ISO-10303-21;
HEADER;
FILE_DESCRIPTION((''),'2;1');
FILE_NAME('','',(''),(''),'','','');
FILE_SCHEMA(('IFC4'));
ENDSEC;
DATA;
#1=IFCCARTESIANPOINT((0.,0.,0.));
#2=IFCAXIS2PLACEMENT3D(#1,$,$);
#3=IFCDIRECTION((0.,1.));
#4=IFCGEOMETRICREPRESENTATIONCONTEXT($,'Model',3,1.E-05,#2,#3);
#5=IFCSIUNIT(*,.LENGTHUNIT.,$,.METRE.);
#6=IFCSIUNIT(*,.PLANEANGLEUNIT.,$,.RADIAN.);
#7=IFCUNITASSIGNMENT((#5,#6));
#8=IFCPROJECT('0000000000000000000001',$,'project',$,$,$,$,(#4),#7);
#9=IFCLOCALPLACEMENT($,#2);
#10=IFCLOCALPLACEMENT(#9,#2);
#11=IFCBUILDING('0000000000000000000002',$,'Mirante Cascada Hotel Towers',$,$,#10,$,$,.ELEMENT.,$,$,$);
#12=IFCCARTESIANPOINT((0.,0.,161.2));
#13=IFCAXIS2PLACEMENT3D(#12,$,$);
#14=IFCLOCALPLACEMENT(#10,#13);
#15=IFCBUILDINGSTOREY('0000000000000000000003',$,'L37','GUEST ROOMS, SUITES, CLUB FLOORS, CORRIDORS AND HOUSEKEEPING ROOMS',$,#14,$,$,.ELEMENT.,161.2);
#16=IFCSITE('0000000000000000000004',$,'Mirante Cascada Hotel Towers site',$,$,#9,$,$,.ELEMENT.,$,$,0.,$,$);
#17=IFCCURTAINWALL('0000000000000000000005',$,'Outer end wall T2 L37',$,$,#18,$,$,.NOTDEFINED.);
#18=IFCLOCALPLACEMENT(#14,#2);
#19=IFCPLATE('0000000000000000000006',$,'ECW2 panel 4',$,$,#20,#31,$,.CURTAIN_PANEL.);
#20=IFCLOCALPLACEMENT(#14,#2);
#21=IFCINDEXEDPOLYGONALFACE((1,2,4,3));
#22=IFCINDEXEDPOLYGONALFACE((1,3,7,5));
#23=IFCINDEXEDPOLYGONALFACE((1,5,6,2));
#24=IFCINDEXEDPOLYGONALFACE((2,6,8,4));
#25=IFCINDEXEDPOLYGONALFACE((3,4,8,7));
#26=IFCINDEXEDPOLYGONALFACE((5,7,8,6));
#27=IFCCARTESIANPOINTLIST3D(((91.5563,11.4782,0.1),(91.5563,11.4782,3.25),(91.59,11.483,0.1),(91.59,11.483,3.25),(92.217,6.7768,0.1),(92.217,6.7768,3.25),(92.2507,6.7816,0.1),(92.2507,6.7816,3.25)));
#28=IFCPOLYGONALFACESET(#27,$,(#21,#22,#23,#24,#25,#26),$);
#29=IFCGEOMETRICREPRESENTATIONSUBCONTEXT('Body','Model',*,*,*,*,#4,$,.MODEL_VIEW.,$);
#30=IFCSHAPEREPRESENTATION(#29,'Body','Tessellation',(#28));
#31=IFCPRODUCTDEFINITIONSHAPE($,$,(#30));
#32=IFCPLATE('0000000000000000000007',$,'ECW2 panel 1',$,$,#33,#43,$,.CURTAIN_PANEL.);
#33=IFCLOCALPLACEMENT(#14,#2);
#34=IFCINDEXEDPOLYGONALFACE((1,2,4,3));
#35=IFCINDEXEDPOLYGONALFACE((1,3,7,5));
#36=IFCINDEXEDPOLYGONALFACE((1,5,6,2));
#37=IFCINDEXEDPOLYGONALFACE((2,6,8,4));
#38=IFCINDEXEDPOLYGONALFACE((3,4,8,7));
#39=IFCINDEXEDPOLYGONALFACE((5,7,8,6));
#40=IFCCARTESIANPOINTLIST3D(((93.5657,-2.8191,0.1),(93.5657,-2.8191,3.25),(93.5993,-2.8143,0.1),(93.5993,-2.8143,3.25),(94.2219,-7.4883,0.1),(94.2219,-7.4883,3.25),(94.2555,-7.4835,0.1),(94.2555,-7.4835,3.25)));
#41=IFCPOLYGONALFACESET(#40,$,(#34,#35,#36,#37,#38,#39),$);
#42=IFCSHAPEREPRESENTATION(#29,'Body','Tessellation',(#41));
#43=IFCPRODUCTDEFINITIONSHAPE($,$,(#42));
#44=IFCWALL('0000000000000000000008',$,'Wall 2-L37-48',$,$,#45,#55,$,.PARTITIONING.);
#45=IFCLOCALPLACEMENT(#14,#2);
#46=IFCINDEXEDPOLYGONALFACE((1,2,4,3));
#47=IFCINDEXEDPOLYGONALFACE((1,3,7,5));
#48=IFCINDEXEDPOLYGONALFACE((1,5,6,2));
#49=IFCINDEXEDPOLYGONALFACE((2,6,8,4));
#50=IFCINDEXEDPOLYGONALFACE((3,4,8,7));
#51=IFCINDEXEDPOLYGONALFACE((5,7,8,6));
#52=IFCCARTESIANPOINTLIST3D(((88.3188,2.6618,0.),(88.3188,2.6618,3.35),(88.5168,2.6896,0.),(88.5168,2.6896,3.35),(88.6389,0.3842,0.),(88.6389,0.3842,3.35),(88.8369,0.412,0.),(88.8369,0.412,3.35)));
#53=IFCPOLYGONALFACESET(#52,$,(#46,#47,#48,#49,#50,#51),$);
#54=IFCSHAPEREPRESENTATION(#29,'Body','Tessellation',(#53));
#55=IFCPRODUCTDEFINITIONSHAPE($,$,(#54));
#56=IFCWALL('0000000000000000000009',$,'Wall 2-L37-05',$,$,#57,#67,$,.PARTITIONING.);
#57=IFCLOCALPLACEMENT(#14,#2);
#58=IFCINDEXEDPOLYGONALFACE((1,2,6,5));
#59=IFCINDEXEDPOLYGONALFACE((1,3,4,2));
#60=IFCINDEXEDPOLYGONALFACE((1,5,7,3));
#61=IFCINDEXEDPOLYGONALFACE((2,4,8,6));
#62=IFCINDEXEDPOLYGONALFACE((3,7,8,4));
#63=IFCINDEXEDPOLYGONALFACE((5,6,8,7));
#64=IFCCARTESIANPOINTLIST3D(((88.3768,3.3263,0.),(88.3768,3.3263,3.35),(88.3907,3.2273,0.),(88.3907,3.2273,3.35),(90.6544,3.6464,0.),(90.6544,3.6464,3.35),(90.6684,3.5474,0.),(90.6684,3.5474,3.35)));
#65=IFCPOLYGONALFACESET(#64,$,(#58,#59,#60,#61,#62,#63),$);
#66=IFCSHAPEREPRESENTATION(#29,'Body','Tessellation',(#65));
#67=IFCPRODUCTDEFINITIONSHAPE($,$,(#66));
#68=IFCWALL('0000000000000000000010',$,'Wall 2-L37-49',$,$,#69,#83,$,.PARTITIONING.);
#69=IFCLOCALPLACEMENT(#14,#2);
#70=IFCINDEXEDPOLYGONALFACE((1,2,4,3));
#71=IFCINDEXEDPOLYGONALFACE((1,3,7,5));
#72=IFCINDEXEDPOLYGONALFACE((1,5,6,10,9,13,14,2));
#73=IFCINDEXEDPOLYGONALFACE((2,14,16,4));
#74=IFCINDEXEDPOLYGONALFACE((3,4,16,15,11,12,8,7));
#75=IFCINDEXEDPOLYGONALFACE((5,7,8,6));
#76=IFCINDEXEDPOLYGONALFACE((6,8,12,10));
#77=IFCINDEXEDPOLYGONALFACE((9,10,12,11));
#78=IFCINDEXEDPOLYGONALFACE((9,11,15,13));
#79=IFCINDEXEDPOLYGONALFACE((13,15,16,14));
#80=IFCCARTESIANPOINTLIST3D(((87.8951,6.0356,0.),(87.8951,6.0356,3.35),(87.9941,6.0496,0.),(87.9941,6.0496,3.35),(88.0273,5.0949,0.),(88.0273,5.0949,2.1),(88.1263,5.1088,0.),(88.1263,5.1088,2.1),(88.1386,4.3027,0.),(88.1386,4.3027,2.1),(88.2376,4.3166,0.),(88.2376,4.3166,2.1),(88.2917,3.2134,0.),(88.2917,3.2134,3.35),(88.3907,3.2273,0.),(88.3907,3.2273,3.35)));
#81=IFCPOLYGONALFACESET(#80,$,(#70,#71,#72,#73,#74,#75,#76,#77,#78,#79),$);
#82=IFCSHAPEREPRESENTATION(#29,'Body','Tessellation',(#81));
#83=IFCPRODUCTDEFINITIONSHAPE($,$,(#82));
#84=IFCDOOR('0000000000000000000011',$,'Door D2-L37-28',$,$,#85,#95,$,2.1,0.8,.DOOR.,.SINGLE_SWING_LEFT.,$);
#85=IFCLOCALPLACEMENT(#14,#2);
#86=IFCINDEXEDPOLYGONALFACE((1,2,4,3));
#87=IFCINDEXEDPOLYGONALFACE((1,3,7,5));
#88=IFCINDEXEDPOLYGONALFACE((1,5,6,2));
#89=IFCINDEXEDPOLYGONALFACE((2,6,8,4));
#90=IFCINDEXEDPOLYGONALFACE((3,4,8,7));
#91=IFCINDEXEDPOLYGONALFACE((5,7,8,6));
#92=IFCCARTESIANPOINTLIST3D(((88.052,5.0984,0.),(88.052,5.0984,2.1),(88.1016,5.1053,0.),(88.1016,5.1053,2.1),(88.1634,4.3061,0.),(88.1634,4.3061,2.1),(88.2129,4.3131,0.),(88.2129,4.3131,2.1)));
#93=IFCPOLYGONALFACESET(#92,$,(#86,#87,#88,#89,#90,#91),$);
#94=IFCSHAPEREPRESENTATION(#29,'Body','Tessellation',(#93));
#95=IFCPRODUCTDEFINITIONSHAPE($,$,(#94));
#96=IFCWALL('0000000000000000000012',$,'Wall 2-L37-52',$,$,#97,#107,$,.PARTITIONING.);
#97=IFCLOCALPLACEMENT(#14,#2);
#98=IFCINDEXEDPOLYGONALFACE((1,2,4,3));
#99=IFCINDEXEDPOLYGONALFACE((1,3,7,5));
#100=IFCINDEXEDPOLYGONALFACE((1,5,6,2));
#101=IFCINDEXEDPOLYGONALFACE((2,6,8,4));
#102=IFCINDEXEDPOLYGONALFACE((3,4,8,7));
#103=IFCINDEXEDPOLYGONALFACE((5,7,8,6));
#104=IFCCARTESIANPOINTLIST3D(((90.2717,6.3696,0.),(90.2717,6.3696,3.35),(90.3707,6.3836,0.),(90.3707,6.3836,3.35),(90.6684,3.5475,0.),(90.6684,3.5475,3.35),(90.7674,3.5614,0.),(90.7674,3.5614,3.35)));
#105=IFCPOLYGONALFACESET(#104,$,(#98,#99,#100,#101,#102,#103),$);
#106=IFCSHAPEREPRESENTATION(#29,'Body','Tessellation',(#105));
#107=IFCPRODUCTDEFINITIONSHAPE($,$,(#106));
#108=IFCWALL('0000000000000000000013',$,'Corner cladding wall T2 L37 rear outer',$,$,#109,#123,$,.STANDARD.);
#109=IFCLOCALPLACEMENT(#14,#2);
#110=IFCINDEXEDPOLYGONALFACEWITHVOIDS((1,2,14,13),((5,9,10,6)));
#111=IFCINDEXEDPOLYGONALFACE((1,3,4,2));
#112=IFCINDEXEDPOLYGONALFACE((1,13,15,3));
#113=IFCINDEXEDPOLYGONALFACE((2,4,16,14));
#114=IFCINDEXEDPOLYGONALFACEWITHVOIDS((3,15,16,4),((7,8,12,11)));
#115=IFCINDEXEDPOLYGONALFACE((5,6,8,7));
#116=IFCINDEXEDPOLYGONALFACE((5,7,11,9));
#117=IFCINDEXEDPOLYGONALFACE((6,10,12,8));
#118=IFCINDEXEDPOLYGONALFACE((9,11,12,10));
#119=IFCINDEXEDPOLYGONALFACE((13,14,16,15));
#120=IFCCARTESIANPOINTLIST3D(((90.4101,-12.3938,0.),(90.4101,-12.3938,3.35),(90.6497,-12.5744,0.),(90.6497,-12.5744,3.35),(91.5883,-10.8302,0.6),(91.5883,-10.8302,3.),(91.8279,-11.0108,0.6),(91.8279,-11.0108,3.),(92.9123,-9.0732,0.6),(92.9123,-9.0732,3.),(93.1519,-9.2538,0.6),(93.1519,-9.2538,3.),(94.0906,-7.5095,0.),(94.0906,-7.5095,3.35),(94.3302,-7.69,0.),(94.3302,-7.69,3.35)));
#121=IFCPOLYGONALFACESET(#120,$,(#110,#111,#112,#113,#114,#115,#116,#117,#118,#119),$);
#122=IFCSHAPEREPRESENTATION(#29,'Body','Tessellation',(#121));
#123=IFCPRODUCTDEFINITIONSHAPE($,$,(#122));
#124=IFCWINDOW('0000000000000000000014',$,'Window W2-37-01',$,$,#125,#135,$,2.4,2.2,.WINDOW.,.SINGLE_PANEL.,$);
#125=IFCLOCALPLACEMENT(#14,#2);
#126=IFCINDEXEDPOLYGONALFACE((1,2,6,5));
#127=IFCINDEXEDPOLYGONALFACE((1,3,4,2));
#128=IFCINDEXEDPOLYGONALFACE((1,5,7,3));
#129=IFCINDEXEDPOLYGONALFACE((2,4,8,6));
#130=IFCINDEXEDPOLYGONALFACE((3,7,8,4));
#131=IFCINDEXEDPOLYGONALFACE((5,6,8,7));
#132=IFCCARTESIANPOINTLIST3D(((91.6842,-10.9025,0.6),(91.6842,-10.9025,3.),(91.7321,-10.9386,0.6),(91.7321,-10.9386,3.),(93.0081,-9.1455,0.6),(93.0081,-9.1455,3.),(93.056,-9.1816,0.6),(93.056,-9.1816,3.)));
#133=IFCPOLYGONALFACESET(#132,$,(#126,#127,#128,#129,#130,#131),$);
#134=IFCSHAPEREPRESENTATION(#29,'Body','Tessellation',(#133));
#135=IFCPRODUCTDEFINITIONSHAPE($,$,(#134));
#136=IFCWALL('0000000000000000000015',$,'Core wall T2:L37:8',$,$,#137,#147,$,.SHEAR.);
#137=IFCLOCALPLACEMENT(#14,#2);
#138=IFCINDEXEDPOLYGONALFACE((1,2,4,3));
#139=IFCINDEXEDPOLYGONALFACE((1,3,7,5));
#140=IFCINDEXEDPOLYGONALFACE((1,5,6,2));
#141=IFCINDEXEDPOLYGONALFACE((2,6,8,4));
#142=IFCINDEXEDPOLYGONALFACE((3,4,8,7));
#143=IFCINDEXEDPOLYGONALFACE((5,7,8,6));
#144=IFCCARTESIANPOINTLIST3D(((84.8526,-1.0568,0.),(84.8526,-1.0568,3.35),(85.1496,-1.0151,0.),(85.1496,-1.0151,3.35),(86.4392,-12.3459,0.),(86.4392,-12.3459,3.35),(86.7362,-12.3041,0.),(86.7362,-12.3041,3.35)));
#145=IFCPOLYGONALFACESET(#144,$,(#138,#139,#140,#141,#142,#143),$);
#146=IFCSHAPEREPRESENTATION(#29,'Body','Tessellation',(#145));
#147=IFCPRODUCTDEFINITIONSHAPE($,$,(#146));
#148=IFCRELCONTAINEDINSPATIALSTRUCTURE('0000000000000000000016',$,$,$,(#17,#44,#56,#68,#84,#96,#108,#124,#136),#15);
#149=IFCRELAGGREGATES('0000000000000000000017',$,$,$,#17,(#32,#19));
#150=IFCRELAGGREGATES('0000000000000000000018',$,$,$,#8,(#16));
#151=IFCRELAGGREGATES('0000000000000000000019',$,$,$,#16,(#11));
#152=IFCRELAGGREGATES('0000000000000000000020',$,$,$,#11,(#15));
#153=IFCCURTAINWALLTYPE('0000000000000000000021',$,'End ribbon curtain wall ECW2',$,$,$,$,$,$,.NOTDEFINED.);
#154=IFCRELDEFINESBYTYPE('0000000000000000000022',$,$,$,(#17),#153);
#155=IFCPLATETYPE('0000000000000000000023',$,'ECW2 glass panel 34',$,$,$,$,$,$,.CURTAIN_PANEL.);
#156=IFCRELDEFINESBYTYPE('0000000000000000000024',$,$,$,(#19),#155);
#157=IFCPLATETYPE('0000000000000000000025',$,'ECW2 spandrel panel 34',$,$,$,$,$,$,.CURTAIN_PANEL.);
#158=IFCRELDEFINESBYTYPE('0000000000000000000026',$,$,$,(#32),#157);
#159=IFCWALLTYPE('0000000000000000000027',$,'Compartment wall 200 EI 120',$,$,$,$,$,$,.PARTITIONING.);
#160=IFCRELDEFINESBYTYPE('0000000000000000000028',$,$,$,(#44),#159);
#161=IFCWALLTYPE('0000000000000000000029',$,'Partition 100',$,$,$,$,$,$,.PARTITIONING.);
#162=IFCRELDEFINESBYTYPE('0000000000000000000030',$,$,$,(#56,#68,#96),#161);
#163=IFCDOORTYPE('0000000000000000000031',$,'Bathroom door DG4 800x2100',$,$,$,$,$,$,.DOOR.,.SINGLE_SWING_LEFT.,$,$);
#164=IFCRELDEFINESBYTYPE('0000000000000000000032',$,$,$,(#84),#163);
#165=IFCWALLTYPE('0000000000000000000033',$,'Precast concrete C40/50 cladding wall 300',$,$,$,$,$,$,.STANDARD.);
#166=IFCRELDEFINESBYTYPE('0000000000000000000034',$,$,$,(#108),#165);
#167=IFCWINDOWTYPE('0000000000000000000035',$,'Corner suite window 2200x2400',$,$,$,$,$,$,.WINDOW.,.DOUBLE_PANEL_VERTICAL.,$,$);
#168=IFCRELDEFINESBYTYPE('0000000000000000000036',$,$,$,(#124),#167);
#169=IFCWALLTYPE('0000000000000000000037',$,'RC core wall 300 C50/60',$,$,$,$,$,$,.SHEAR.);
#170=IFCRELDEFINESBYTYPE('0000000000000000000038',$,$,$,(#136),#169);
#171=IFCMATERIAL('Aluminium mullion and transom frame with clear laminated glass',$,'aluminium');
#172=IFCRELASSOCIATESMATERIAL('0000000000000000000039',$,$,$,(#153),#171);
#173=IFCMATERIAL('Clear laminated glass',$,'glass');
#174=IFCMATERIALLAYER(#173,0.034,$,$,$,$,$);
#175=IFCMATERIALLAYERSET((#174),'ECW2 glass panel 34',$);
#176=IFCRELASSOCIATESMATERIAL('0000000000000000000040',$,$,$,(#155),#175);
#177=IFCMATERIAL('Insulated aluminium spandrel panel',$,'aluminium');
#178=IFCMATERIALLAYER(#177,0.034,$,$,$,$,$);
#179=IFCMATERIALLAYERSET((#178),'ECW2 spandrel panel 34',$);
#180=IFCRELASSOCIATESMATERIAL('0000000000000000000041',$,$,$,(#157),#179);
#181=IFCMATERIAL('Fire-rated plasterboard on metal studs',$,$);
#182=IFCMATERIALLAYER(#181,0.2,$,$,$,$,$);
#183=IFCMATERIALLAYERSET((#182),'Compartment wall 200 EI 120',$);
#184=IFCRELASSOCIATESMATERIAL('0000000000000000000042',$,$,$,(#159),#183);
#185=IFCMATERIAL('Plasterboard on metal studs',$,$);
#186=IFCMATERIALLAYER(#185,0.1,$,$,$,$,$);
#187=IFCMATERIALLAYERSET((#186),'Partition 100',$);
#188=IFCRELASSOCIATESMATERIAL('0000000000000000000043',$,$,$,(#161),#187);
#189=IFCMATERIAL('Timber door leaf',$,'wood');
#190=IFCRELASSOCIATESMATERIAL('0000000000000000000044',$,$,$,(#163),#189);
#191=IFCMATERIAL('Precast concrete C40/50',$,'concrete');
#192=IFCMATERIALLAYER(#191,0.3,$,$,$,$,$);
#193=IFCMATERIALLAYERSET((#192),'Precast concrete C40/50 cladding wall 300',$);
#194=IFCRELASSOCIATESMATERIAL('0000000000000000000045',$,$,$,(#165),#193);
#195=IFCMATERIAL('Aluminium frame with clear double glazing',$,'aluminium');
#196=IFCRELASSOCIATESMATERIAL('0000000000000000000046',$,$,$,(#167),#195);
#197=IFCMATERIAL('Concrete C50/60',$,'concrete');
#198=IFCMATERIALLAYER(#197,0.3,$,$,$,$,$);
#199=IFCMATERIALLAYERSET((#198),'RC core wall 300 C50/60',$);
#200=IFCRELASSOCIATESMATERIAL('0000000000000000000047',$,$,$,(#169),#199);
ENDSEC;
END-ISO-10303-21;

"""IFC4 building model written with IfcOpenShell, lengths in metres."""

from ifc_helpers import new_model, si_unit, direction, frame, frame_2d, origin, origin_2d, place, context, subcontext, project, spatial, rectangle, extrude, material, layer, layer_set, type_object, element, fill, aggregate, save


model = new_model("IFC4")

# Units and contexts
model_context = context("Model", 3, precision=1e-05, world=origin(), true_north=direction((0.0, 1.0)))
body_context = subcontext(model_context, "Body", "Model", "MODEL_VIEW")
ifc_project = project(units=[si_unit("LENGTHUNIT", "METRE"), si_unit("PLANEANGLEUNIT", "RADIAN")], contexts=[model_context])

# Site, building, storey
site_placement = place(None, origin())
site = spatial("IfcSite", under=ifc_project, at=site_placement, Name="Mirante Cascada Hotel Towers site", CompositionType="ELEMENT", RefElevation=0.0)
building_placement = place(site_placement, origin())
building = spatial("IfcBuilding", under=site, at=building_placement, Name="Mirante Cascada Hotel Towers", CompositionType="ELEMENT")
storey_placement = place(building_placement, frame((0.0, 0.0, 161.2)))
storey = spatial("IfcBuildingStorey", under=building, at=storey_placement, Name="L37", Description="GUEST ROOMS, SUITES, CLUB FLOORS, CORRIDORS AND HOUSEKEEPING ROOMS", CompositionType="ELEMENT", Elevation=161.2)

# Curtain wall, plates
ifc_material_1 = material(Name="Aluminium mullion and transom frame with clear laminated glass", Category="aluminium")
curtain_wall_type = type_object("IfcCurtainWallType", Name="End ribbon curtain wall ECW2", PredefinedType="NOTDEFINED", material=ifc_material_1)
curtain_wall_placement = place(storey_placement, origin())
curtain_wall = element("IfcCurtainWall", 1, at=curtain_wall_placement, inside=storey, type_object=curtain_wall_type, Name="Outer end wall T2 L37", PredefinedType="NOTDEFINED")
ifc_material_2 = material(Name="Clear laminated glass", Category="glass")
ifc_layer_1 = layer(ifc_material_2, 0.034)
ifc_layer_set_1 = layer_set([ifc_layer_1], Name="ECW2 glass panel 34")
plate_type_1 = type_object("IfcPlateType", Name="ECW2 glass panel 34", PredefinedType="CURTAIN_PANEL", material=ifc_layer_set_1)
plate_1_placement = place(storey_placement, frame((91.9035, 9.1299, 0.1), z_axis=(0.0, 0.0, 1.0), x_axis=(-0.139173, 0.990268, 0.0)))
plate_1 = element("IfcPlate", 2, at=plate_1_placement, type_object=plate_type_1, Name="ECW2 panel 4", PredefinedType="CURTAIN_PANEL", context=body_context, shape_type="SweptSolid", body=[
    extrude(rectangle(XDim=4.7476, YDim=0.034, at=origin_2d()), origin(), (0.0, 0.0, 1.0), 3.15),
])
ifc_material_3 = material(Name="Insulated aluminium spandrel panel", Category="aluminium")
ifc_layer_2 = layer(ifc_material_3, 0.034)
ifc_layer_set_2 = layer_set([ifc_layer_2], Name="ECW2 spandrel panel 34")
plate_type_2 = type_object("IfcPlateType", Name="ECW2 spandrel panel 34", PredefinedType="CURTAIN_PANEL", material=ifc_layer_set_2)
plate_2_placement = place(storey_placement, frame((93.9106, -5.1513, 0.1), z_axis=(0.0, 0.0, 1.0), x_axis=(-0.139173, 0.990268, 0.0)))
plate_2 = element("IfcPlate", 3, at=plate_2_placement, type_object=plate_type_2, Name="ECW2 panel 1", PredefinedType="CURTAIN_PANEL", context=body_context, shape_type="SweptSolid", body=[
    extrude(rectangle(XDim=4.7151, YDim=0.034, at=origin_2d()), origin(), (0.0, 0.0, 1.0), 3.15),
])
aggregate(curtain_wall, [plate_2, plate_1])

# Walls
ifc_material_4 = material(Name="Fire-rated plasterboard on metal studs")
ifc_layer_3 = layer(ifc_material_4, 0.2)
ifc_layer_set_3 = layer_set([ifc_layer_3], Name="Compartment wall 200 EI 120")
wall_type_1 = type_object("IfcWallType", Name="Compartment wall 200 EI 120", PredefinedType="PARTITIONING", material=ifc_layer_set_3)
wall_1_placement = place(storey_placement, frame((88.7379, 0.3981, 0.0), z_axis=(0.0, 0.0, 1.0), x_axis=(-0.139175, 0.990268, 0.0)))
element("IfcWall", 4, at=wall_1_placement, inside=storey, type_object=wall_type_1, Name="Wall 2-L37-48", PredefinedType="PARTITIONING", context=body_context, shape_type="SweptSolid", body=[
    extrude(rectangle(XDim=2.3, YDim=0.2, at=frame_2d((1.15, 0.0))), origin(), (0.0, 0.0, 1.0), 3.35),
])
ifc_material_5 = material(Name="Plasterboard on metal studs")
ifc_layer_4 = layer(ifc_material_5, 0.1)
ifc_layer_set_4 = layer_set([ifc_layer_4], Name="Partition 100")
wall_type_2 = type_object("IfcWallType", Name="Partition 100", PredefinedType="PARTITIONING", material=ifc_layer_set_4)
wall_2_placement = place(storey_placement, frame((90.6614, 3.5969, 0.0), z_axis=(0.0, 0.0, 1.0), x_axis=(-0.990268, -0.139175, 0.0)))
element("IfcWall", 5, at=wall_2_placement, inside=storey, type_object=wall_type_2, Name="Wall 2-L37-05", PredefinedType="PARTITIONING", context=body_context, shape_type="SweptSolid", body=[
    extrude(rectangle(XDim=2.3, YDim=0.1, at=frame_2d((1.15, 0.0))), origin(), (0.0, 0.0, 1.0), 3.35),
])

# Wall, opening, door
wall_3_placement = place(storey_placement, frame((87.9446, 6.0426, 0.0), z_axis=(0.0, 0.0, 1.0), x_axis=(0.139156, -0.99027, 0.0)))
wall_3 = element("IfcWall", 6, at=wall_3_placement, inside=storey, type_object=wall_type_2, Name="Wall 2-L37-49", PredefinedType="PARTITIONING", context=body_context, shape_type="SweptSolid", body=[
    extrude(rectangle(XDim=2.85, YDim=0.1, at=frame_2d((1.425, 0.0))), origin(), (0.0, 0.0, 1.0), 3.35),
])
opening_1_placement = place(wall_3_placement, frame((0.95, 0.0, 0.0)))
opening_1 = element("IfcOpeningElement", 7, at=opening_1_placement, cuts=wall_3, PredefinedType="OPENING", context=body_context, shape_type="SweptSolid", body=[
    extrude(rectangle(XDim=0.8, YDim=2.1, at=frame_2d((0.4, 1.05))), frame((0.0, 0.05, 0.0), z_axis=(0.0, -1.0, 0.0), x_axis=(1.0, 0.0, 0.0)), (0.0, 0.0, 1.0), 0.1),
])
ifc_material_6 = material(Name="Timber door leaf", Category="wood")
door_type_1 = type_object("IfcDoorType", Name="Bathroom door DG4 800x2100", OperationType="SINGLE_SWING_LEFT", PredefinedType="DOOR", material=ifc_material_6)
door_1_placement = place(opening_1_placement, origin())
door_1 = element("IfcDoor", 8, at=door_1_placement, inside=storey, type_object=door_type_1, Name="Door D2-L37-28", OperationType="SINGLE_SWING_LEFT", OverallHeight=2.1, OverallWidth=0.8, PredefinedType="DOOR", context=body_context, shape_type="SweptSolid", body=[
    extrude(rectangle(XDim=0.8, YDim=2.1, at=frame_2d((0.4, 1.05))), frame((0.0, 0.025, 0.0), z_axis=(0.0, -1.0, 0.0), x_axis=(1.0, 0.0, 0.0)), (0.0, 0.0, 1.0), 0.05),
])
fill(opening_1, door_1)

# Wall
wall_4_placement = place(storey_placement, frame((90.7179, 3.5544, 0.0), z_axis=(0.0, 0.0, 1.0), x_axis=(-0.139196, 0.990265, 0.0)))
element("IfcWall", 9, at=wall_4_placement, inside=storey, type_object=wall_type_2, Name="Wall 2-L37-52", PredefinedType="PARTITIONING", context=body_context, shape_type="SweptSolid", body=[
    extrude(rectangle(XDim=2.8499, YDim=0.1, at=frame_2d((1.425, 0.0))), origin(), (0.0, 0.0, 1.0), 3.35),
])

# Wall, opening, window
ifc_material_7 = material(Name="Precast concrete C40/50", Category="concrete")
ifc_layer_5 = layer(ifc_material_7, 0.3)
ifc_layer_set_5 = layer_set([ifc_layer_5], Name="Precast concrete C40/50 cladding wall 300")
wall_type_3 = type_object("IfcWallType", Name="Precast concrete C40/50 cladding wall 300", PredefinedType="STANDARD", material=ifc_layer_set_5)
wall_5_placement = place(storey_placement, frame((90.5299, -12.4841, 0.0), z_axis=(0.0, 0.0, 1.0), x_axis=(0.601806, 0.798642, 0.0)))
wall_5 = element("IfcWall", 10, at=wall_5_placement, inside=storey, type_object=wall_type_3, Name="Corner cladding wall T2 L37 rear outer", PredefinedType="STANDARD", context=body_context, shape_type="SweptSolid", body=[
    extrude(rectangle(XDim=6.1158, YDim=0.3, at=frame_2d((3.0579, 0.0))), origin(), (0.0, 0.0, 1.0), 3.35),
])
opening_2_placement = place(wall_5_placement, frame((1.9578, 0.0, 0.6)))
opening_2 = element("IfcOpeningElement", 11, at=opening_2_placement, cuts=wall_5, PredefinedType="OPENING", context=body_context, shape_type="SweptSolid", body=[
    extrude(rectangle(XDim=2.2, YDim=2.4, at=frame_2d((1.1, 1.2))), frame((0.0, 0.15, 0.0), z_axis=(0.0, -1.0, 0.0), x_axis=(1.0, 0.0, 0.0)), (0.0, 0.0, 1.0), 0.3),
])
ifc_material_8 = material(Name="Aluminium frame with clear double glazing", Category="aluminium")
window_type = type_object("IfcWindowType", Name="Corner suite window 2200x2400", PartitioningType="DOUBLE_PANEL_VERTICAL", PredefinedType="WINDOW", material=ifc_material_8)
window_placement = place(opening_2_placement, origin())
window = element("IfcWindow", 12, at=window_placement, inside=storey, type_object=window_type, Name="Window W2-37-01", OverallHeight=2.4, OverallWidth=2.2, PartitioningType="SINGLE_PANEL", PredefinedType="WINDOW", context=body_context, shape_type="SweptSolid", body=[
    extrude(rectangle(XDim=2.2, YDim=2.4, at=frame_2d((1.1, 1.2))), frame((0.0, 0.03, 0.0), z_axis=(0.0, -1.0, 0.0), x_axis=(1.0, 0.0, 0.0)), (0.0, 0.0, 1.0), 0.06),
])
fill(opening_2, window)

# Wall
ifc_material_9 = material(Name="Concrete C50/60", Category="concrete")
ifc_layer_6 = layer(ifc_material_9, 0.3)
ifc_layer_set_6 = layer_set([ifc_layer_6], Name="RC core wall 300 C50/60")
wall_type_4 = type_object("IfcWallType", Name="RC core wall 300 C50/60", PredefinedType="SHEAR", material=ifc_layer_set_6)
wall_6_placement = place(storey_placement, frame((86.5877, -12.325, 0.0), z_axis=(0.0, 0.0, 1.0), x_axis=(-0.139175, 0.990268, 0.0)))
element("IfcWall", 13, at=wall_6_placement, inside=storey, type_object=wall_type_4, Name="Core wall T2:L37:8", PredefinedType="SHEAR", context=body_context, shape_type="SweptSolid", body=[
    extrude(rectangle(XDim=11.4, YDim=0.3, at=frame_2d((5.7, 0.0))), origin(), (0.0, 0.0, 1.0), 3.35),
])

save(model, "model.ifc")
